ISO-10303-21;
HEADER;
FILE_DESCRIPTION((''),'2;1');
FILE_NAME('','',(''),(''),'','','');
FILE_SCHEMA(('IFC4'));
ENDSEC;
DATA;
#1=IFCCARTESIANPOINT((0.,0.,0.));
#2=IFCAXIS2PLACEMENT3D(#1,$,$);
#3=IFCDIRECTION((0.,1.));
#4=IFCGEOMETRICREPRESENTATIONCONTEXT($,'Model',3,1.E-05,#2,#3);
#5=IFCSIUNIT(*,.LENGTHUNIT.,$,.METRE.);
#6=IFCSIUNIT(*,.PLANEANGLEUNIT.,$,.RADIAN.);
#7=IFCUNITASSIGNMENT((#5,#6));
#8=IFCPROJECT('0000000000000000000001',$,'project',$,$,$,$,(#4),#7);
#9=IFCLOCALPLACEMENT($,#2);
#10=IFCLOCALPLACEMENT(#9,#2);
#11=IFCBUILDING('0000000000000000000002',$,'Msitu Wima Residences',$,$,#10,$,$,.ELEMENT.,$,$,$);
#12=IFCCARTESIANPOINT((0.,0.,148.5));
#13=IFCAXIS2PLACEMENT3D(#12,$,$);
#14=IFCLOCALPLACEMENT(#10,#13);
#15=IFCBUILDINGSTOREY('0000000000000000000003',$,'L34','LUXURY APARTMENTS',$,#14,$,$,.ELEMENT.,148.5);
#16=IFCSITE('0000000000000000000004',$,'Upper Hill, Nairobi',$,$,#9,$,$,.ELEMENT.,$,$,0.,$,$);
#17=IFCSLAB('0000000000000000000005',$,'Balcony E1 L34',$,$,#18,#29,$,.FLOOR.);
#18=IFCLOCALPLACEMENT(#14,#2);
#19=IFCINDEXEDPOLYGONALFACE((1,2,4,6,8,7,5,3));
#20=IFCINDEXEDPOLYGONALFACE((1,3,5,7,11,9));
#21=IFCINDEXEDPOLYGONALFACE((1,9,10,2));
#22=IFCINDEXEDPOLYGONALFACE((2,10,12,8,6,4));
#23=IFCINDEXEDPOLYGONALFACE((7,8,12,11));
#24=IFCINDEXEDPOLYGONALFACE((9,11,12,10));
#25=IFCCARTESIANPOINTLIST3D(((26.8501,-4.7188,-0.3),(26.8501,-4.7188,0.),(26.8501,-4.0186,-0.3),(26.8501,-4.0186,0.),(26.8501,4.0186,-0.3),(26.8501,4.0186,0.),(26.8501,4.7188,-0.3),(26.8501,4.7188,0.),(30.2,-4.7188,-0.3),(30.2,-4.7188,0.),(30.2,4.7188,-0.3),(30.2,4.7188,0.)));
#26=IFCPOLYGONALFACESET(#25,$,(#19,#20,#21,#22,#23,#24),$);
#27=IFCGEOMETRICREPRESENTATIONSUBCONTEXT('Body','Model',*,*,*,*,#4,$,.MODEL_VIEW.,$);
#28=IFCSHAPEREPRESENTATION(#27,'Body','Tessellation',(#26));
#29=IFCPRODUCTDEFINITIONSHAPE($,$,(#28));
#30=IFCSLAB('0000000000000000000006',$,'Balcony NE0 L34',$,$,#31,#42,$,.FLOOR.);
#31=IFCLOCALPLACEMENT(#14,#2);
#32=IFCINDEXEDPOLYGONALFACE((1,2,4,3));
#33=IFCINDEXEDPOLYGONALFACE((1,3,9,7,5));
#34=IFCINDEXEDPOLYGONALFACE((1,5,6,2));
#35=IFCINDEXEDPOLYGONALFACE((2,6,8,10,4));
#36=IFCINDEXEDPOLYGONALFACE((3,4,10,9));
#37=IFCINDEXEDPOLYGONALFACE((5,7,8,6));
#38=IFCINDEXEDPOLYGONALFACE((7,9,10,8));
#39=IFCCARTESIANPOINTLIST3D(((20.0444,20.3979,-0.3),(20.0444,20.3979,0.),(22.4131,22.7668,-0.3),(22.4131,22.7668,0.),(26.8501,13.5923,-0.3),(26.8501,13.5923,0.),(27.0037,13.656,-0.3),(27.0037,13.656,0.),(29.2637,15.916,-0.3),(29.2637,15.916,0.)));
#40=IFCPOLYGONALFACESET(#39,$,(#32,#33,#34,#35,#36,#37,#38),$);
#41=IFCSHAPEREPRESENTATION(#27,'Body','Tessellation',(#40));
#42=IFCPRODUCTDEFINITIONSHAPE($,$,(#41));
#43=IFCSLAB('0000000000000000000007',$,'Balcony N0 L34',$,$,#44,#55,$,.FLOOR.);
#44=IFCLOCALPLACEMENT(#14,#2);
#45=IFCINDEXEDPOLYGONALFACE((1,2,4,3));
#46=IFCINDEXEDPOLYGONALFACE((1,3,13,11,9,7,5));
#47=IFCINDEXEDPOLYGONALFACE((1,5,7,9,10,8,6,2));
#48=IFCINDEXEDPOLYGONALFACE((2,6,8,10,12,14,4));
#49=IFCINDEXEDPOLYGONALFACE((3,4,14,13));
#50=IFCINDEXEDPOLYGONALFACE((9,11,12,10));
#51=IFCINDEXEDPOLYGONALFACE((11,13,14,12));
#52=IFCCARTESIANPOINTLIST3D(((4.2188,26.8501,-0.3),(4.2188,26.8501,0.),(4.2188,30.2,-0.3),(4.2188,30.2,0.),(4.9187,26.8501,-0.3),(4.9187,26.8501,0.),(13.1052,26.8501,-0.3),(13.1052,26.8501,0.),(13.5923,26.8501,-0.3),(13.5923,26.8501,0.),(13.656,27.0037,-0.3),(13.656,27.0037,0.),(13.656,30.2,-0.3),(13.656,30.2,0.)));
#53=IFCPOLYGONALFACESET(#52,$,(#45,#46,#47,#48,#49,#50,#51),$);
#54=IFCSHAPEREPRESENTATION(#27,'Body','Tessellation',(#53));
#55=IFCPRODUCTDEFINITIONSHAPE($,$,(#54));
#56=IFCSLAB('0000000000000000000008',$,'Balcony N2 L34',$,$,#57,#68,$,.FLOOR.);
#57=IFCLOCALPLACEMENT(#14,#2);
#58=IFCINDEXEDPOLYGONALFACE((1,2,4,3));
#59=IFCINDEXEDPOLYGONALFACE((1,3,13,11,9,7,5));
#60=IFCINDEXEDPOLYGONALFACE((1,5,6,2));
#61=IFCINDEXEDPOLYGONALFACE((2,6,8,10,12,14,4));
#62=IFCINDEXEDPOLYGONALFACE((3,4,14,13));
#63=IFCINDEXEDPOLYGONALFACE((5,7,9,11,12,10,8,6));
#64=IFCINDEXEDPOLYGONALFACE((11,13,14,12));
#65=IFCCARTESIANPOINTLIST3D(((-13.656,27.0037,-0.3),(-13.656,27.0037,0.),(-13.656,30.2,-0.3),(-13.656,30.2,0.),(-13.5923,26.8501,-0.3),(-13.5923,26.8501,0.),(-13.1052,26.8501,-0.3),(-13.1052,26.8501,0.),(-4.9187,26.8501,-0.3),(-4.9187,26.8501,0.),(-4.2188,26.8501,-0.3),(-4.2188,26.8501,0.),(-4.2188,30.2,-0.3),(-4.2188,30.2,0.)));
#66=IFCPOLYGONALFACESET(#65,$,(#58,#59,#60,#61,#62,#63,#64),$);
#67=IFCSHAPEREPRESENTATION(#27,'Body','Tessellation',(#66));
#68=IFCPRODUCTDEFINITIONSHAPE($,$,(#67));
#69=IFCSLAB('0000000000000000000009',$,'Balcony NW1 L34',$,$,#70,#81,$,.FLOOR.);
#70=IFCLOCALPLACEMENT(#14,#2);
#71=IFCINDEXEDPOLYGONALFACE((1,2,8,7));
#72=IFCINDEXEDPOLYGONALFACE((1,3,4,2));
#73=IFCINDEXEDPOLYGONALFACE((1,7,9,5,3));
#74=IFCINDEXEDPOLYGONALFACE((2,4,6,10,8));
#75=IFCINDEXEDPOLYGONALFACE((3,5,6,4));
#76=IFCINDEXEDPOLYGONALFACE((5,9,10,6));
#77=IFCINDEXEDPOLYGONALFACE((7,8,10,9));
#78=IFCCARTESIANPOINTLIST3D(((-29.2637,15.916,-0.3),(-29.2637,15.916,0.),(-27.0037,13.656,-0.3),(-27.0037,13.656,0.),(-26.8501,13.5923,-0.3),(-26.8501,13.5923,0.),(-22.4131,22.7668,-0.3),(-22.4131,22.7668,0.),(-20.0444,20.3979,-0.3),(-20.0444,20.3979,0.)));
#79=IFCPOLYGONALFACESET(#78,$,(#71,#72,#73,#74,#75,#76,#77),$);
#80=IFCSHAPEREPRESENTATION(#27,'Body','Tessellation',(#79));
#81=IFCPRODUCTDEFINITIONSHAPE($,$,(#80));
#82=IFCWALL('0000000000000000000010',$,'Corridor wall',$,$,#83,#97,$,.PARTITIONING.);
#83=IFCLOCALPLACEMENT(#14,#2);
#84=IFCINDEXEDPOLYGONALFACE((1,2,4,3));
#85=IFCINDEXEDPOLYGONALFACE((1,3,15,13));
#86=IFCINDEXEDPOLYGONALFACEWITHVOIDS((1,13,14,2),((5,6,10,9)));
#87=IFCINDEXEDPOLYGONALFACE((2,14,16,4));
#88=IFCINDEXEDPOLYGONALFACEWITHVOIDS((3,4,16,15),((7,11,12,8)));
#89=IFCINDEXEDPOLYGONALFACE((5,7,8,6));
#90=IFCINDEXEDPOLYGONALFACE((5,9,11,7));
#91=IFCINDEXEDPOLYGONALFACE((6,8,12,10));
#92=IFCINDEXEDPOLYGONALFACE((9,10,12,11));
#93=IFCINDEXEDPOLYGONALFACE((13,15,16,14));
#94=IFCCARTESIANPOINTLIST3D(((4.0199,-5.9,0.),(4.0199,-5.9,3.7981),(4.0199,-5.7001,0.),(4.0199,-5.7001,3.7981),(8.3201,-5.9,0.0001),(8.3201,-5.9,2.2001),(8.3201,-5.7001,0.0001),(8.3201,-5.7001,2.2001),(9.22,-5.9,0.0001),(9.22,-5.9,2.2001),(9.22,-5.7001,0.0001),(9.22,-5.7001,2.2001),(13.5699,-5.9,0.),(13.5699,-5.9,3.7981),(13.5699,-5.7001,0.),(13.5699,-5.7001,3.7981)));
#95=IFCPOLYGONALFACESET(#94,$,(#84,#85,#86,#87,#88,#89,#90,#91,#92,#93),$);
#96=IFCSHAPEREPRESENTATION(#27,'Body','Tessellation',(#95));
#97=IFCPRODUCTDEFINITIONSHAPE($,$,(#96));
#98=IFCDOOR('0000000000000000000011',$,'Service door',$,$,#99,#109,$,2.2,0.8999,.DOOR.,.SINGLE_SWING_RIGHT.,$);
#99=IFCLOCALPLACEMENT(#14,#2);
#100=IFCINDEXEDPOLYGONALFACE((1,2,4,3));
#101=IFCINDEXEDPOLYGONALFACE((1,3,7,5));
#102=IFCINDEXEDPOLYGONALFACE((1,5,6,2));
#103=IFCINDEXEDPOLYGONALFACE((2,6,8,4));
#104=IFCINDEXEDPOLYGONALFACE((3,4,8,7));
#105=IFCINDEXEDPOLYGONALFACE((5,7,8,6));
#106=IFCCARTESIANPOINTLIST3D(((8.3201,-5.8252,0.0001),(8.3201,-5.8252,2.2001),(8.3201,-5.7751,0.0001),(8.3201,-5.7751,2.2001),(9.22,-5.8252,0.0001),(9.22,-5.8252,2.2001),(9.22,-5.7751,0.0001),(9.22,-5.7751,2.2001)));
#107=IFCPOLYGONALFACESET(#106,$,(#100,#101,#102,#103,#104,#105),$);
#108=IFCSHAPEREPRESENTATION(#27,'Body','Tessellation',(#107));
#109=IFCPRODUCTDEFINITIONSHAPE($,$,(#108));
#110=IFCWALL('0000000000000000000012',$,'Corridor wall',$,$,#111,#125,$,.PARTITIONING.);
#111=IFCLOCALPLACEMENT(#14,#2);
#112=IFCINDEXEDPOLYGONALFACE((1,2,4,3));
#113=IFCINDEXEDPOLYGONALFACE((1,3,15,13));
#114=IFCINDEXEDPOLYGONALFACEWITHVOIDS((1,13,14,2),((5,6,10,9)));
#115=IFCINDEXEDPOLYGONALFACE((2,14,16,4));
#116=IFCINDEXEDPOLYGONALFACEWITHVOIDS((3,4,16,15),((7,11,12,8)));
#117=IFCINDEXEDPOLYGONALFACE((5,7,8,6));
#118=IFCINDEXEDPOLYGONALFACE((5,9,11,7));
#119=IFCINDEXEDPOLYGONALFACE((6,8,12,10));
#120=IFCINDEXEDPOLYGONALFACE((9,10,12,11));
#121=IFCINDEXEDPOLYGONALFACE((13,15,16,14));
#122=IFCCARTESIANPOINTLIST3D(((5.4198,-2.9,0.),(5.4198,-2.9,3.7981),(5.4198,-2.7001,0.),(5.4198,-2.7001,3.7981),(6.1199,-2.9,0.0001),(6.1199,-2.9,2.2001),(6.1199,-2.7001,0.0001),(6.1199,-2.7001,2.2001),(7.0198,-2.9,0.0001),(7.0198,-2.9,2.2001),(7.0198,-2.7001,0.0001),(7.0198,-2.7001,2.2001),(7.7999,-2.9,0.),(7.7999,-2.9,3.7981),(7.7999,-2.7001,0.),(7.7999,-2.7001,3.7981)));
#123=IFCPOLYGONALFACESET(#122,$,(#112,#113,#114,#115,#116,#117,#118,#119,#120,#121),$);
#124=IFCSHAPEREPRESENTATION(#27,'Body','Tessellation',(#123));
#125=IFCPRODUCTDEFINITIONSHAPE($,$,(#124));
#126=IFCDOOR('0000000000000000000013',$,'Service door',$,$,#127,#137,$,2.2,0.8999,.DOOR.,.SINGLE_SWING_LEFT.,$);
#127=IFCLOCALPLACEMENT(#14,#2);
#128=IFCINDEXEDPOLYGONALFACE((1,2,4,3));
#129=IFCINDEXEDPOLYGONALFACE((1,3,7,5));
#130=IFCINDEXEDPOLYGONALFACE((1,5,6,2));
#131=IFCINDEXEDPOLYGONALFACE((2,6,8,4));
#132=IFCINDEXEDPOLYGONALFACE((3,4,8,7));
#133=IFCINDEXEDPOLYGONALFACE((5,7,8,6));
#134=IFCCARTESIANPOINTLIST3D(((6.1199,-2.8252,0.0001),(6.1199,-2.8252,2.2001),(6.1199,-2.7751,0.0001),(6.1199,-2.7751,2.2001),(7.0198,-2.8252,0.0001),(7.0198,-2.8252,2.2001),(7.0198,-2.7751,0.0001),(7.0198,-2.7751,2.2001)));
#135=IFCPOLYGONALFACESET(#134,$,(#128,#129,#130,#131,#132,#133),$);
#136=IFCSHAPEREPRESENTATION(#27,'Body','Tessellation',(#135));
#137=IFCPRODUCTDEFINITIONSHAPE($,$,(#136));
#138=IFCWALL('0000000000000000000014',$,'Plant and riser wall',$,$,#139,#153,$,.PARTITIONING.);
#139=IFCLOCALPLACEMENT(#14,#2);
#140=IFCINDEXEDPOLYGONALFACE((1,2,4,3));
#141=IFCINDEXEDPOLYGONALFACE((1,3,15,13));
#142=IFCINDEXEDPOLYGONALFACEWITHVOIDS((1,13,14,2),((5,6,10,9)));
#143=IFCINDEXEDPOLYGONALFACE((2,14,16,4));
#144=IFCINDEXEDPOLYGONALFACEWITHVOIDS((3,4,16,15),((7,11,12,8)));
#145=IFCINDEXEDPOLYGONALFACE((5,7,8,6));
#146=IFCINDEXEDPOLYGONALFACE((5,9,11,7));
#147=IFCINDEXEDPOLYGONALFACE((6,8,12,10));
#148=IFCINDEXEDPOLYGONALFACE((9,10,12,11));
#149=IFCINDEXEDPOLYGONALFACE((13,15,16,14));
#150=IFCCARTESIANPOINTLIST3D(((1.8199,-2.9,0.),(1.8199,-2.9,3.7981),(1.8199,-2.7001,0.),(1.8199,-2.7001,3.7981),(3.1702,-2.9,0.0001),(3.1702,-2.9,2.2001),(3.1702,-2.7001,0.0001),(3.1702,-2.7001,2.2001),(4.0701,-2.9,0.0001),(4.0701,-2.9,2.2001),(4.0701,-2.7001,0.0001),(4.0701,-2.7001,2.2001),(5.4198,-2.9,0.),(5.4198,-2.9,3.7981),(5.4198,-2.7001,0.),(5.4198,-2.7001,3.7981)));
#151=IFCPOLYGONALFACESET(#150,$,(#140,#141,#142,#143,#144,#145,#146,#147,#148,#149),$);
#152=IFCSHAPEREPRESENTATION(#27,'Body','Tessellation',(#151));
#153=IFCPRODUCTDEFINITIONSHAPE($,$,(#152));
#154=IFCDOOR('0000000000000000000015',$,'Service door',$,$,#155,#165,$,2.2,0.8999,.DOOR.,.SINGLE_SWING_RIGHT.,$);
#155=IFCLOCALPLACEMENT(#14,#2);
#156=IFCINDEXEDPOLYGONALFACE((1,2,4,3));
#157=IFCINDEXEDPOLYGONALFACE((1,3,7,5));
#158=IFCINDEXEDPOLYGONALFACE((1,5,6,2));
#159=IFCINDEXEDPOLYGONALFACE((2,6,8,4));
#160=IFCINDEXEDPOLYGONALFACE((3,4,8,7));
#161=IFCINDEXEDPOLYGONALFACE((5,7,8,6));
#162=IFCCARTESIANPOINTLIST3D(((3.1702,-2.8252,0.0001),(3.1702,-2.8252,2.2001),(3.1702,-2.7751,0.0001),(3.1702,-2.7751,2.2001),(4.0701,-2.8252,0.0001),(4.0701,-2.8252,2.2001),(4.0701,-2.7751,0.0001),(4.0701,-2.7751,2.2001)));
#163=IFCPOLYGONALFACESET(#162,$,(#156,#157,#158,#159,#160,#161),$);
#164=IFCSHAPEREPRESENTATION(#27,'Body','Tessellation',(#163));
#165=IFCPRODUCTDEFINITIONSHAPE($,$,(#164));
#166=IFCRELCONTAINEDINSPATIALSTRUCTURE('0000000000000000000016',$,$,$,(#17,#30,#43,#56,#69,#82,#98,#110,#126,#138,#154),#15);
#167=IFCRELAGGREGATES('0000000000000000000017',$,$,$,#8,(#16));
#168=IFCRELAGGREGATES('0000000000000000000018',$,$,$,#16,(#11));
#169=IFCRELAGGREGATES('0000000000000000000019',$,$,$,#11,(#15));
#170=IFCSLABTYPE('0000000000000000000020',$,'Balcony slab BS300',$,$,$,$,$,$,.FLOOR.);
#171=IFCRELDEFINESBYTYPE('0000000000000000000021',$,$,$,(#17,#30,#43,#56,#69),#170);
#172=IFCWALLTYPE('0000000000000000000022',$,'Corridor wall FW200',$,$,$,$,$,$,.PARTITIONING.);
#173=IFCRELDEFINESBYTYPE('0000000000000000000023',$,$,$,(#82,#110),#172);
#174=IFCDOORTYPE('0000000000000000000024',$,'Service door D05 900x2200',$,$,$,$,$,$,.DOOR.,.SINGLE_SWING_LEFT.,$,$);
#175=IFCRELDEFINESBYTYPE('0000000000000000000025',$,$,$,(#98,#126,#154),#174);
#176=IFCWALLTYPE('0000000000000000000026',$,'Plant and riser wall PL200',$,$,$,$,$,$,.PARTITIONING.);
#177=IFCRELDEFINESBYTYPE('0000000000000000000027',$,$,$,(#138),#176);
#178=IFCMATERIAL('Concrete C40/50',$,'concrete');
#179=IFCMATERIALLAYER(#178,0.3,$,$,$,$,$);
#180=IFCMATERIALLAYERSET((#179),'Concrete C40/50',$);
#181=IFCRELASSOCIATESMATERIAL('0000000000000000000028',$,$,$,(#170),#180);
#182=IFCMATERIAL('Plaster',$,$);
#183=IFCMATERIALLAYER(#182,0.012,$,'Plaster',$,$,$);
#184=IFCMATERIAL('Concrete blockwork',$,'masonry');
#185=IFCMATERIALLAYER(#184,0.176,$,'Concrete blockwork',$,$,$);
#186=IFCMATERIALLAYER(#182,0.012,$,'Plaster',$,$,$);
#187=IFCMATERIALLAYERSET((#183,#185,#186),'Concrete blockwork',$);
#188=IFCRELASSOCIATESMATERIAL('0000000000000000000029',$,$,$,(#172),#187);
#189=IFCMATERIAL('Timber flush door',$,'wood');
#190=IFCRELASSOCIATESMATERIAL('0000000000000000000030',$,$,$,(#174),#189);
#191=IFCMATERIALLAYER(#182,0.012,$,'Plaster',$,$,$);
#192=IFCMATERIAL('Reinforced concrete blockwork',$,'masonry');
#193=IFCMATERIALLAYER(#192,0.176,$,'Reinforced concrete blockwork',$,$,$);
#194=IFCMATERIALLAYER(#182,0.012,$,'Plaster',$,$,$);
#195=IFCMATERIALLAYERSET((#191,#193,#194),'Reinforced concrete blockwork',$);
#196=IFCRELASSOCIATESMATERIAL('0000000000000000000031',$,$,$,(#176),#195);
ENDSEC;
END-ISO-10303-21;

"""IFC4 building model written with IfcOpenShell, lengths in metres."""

from ifc_helpers import new_model, si_unit, direction, frame, frame_2d, origin, place, context, subcontext, project, spatial, polyline, rectangle, outline, extrude, material, layer, layer_set, type_object, element, fill, save


model = new_model("IFC4")

# Units and contexts
model_context = context("Model", 3, precision=1e-05, world=origin(), true_north=direction((0.0, 1.0)))
body_context = subcontext(model_context, "Body", "Model", "MODEL_VIEW")
ifc_project = project(units=[si_unit("LENGTHUNIT", "METRE"), si_unit("PLANEANGLEUNIT", "RADIAN")], contexts=[model_context])

# Site, building, storey
site_placement = place(None, origin())
site = spatial("IfcSite", under=ifc_project, at=site_placement, Name="Upper Hill, Nairobi", CompositionType="ELEMENT", RefElevation=0.0)
building_placement = place(site_placement, origin())
building = spatial("IfcBuilding", under=site, at=building_placement, Name="Msitu Wima Residences", CompositionType="ELEMENT")
storey_placement = place(building_placement, frame((0.0, 0.0, 148.5)))
storey = spatial("IfcBuildingStorey", under=building, at=storey_placement, Name="L34", Description="LUXURY APARTMENTS", CompositionType="ELEMENT", Elevation=148.5)

# Slabs
ifc_material_1 = material(Name="Concrete C40/50", Category="concrete")
ifc_layer_1 = layer(ifc_material_1, 0.3)
ifc_layer_set_1 = layer_set([ifc_layer_1], Name="Concrete C40/50")
slab_type = type_object("IfcSlabType", Name="Balcony slab BS300", PredefinedType="FLOOR", material=ifc_layer_set_1)
slab_1_placement = place(storey_placement, frame((0.0, 0.0, -0.3)))
element("IfcSlab", 1, at=slab_1_placement, inside=storey, type_object=slab_type, Name="Balcony E1 L34", PredefinedType="FLOOR", context=body_context, shape_type="SweptSolid", body=[
    extrude(outline(polyline([(26.8501, 4.0186), (26.8501, 4.0186), (26.8501, 4.7188), (30.2, 4.7188), (30.2, -4.7188), (26.8501, -4.7188), (26.8501, -4.0186), (26.8501, -4.0186), (26.8501, 4.0186)])), origin(), (0.0, 0.0, 1.0), 0.3),
])
slab_2_placement = place(storey_placement, frame((0.0, 0.0, -0.3)))
element("IfcSlab", 2, at=slab_2_placement, inside=storey, type_object=slab_type, Name="Balcony NE0 L34", PredefinedType="FLOOR", context=body_context, shape_type="SweptSolid", body=[
    extrude(outline(polyline([(22.4131, 22.7668), (29.2637, 15.916), (27.0037, 13.656), (26.8501, 13.5923), (20.0444, 20.3979), (22.4131, 22.7668)])), origin(), (0.0, 0.0, 1.0), 0.3),
])
slab_3_placement = place(storey_placement, frame((0.0, 0.0, -0.3)))
element("IfcSlab", 3, at=slab_3_placement, inside=storey, type_object=slab_type, Name="Balcony N0 L34", PredefinedType="FLOOR", context=body_context, shape_type="SweptSolid", body=[
    extrude(outline(polyline([(13.1052, 26.8501), (13.1052, 26.8501), (4.9187, 26.8501), (4.9187, 26.8501), (4.2188, 26.8501), (4.2188, 30.2), (13.656, 30.2), (13.656, 27.0037), (13.5923, 26.8501), (13.1052, 26.8501), (13.1052, 26.8501)])), origin(), (0.0, 0.0, 1.0), 0.3),
])
slab_4_placement = place(storey_placement, frame((0.0, 0.0, -0.3)))
element("IfcSlab", 4, at=slab_4_placement, inside=storey, type_object=slab_type, Name="Balcony N2 L34", PredefinedType="FLOOR", context=body_context, shape_type="SweptSolid", body=[
    extrude(outline(polyline([(-13.1052, 26.8501), (-13.1052, 26.8501), (-13.5923, 26.8501), (-13.656, 27.0037), (-13.656, 30.2), (-4.2188, 30.2), (-4.2188, 26.8501), (-4.9187, 26.8501), (-4.9187, 26.8501), (-13.1052, 26.8501), (-13.1052, 26.8501)])), origin(), (0.0, 0.0, 1.0), 0.3),
])
slab_5_placement = place(storey_placement, frame((0.0, 0.0, -0.3)))
element("IfcSlab", 5, at=slab_5_placement, inside=storey, type_object=slab_type, Name="Balcony NW1 L34", PredefinedType="FLOOR", context=body_context, shape_type="SweptSolid", body=[
    extrude(outline(polyline([(-29.2637, 15.916), (-22.4131, 22.7668), (-20.0444, 20.3979), (-26.8501, 13.5923), (-27.0037, 13.656), (-29.2637, 15.916)])), origin(), (0.0, 0.0, 1.0), 0.3),
])

# Walls, openings, doors
ifc_material_2 = material(Name="Plaster")
ifc_layer_2 = layer(ifc_material_2, 0.012, Name="Plaster")
ifc_material_3 = material(Name="Concrete blockwork", Category="masonry")
ifc_layer_3 = layer(ifc_material_3, 0.176, Name="Concrete blockwork")
ifc_layer_4 = layer(ifc_material_2, 0.012, Name="Plaster")
ifc_layer_set_2 = layer_set([ifc_layer_2, ifc_layer_3, ifc_layer_4], Name="Concrete blockwork")
wall_type_1 = type_object("IfcWallType", Name="Corridor wall FW200", PredefinedType="PARTITIONING", material=ifc_layer_set_2)
wall_1_placement = place(storey_placement, frame((4.02, -5.8, 0.0), z_axis=(0.0, 0.0, 1.0), x_axis=(1.0, 0.0, 0.0)))
wall_1 = element("IfcWall", 6, at=wall_1_placement, inside=storey, type_object=wall_type_1, Name="Corridor wall", PredefinedType="PARTITIONING", context=body_context, shape_type="SweptSolid", body=[
    extrude(rectangle(XDim=9.55, YDim=0.2, at=frame_2d((4.7749, 0.0))), origin(), (0.0, 0.0, 1.0), 3.7981),
])
opening_1_placement = place(wall_1_placement, frame((4.3, 0.0, 0.0)))
opening_1 = element("IfcOpeningElement", 7, at=opening_1_placement, cuts=wall_1, PredefinedType="OPENING", context=body_context, shape_type="SweptSolid", body=[
    extrude(rectangle(XDim=0.8999, YDim=2.2, at=frame_2d((0.45, 1.1001))), frame((0.0, 0.1099, 0.0), z_axis=(0.0, -1.0, 0.0), x_axis=(1.0, 0.0, 0.0)), (0.0, 0.0, 1.0), 0.22),
])
ifc_material_4 = material(Name="Timber flush door", Category="wood")
door_type = type_object("IfcDoorType", Name="Service door D05 900x2200", OperationType="SINGLE_SWING_LEFT", PredefinedType="DOOR", material=ifc_material_4)
door_1_placement = place(opening_1_placement, origin())
door_1 = element("IfcDoor", 8, at=door_1_placement, inside=storey, type_object=door_type, Name="Service door", OperationType="SINGLE_SWING_RIGHT", OverallHeight=2.2, OverallWidth=0.8999, PredefinedType="DOOR", context=body_context, shape_type="SweptSolid", body=[
    extrude(rectangle(XDim=0.8999, YDim=2.2, at=frame_2d((0.45, 1.1001))), frame((0.0, 0.0249, 0.0), z_axis=(0.0, -1.0, 0.0), x_axis=(1.0, 0.0, 0.0)), (0.0, 0.0, 1.0), 0.05),
])
fill(opening_1, door_1)
wall_2_placement = place(storey_placement, frame((5.4199, -2.8, 0.0), z_axis=(0.0, 0.0, 1.0), x_axis=(1.0, 0.0, 0.0)))
wall_2 = element("IfcWall", 9, at=wall_2_placement, inside=storey, type_object=wall_type_1, Name="Corridor wall", PredefinedType="PARTITIONING", context=body_context, shape_type="SweptSolid", body=[
    extrude(rectangle(XDim=2.3801, YDim=0.2, at=frame_2d((1.1899, 0.0))), origin(), (0.0, 0.0, 1.0), 3.7981),
])
opening_2_placement = place(wall_2_placement, frame((0.7, 0.0, 0.0)))
opening_2 = element("IfcOpeningElement", 10, at=opening_2_placement, cuts=wall_2, PredefinedType="OPENING", context=body_context, shape_type="SweptSolid", body=[
    extrude(rectangle(XDim=0.8999, YDim=2.2, at=frame_2d((0.45, 1.1001))), frame((0.0, 0.1099, 0.0), z_axis=(0.0, -1.0, 0.0), x_axis=(1.0, 0.0, 0.0)), (0.0, 0.0, 1.0), 0.22),
])
door_2_placement = place(opening_2_placement, origin())
door_2 = element("IfcDoor", 11, at=door_2_placement, inside=storey, type_object=door_type, Name="Service door", OperationType="SINGLE_SWING_LEFT", OverallHeight=2.2, OverallWidth=0.8999, PredefinedType="DOOR", context=body_context, shape_type="SweptSolid", body=[
    extrude(rectangle(XDim=0.8999, YDim=2.2, at=frame_2d((0.45, 1.1001))), frame((0.0, 0.0249, 0.0), z_axis=(0.0, -1.0, 0.0), x_axis=(1.0, 0.0, 0.0)), (0.0, 0.0, 1.0), 0.05),
])
fill(opening_2, door_2)
ifc_layer_5 = layer(ifc_material_2, 0.012, Name="Plaster")
ifc_material_5 = material(Name="Reinforced concrete blockwork", Category="masonry")
ifc_layer_6 = layer(ifc_material_5, 0.176, Name="Reinforced concrete blockwork")
ifc_layer_7 = layer(ifc_material_2, 0.012, Name="Plaster")
ifc_layer_set_3 = layer_set([ifc_layer_5, ifc_layer_6, ifc_layer_7], Name="Reinforced concrete blockwork")
wall_type_2 = type_object("IfcWallType", Name="Plant and riser wall PL200", PredefinedType="PARTITIONING", material=ifc_layer_set_3)
wall_3_placement = place(storey_placement, frame((1.8201, -2.8, 0.0), z_axis=(0.0, 0.0, 1.0), x_axis=(1.0, 0.0, 0.0)))
wall_3 = element("IfcWall", 12, at=wall_3_placement, inside=storey, type_object=wall_type_2, Name="Plant and riser wall", PredefinedType="PARTITIONING", context=body_context, shape_type="SweptSolid", body=[
    extrude(rectangle(XDim=3.5999, YDim=0.2, at=frame_2d((1.7998, 0.0))), origin(), (0.0, 0.0, 1.0), 3.7981),
])
opening_3_placement = place(wall_3_placement, frame((1.3501, 0.0, 0.0)))
opening_3 = element("IfcOpeningElement", 13, at=opening_3_placement, cuts=wall_3, PredefinedType="OPENING", context=body_context, shape_type="SweptSolid", body=[
    extrude(rectangle(XDim=0.8999, YDim=2.2, at=frame_2d((0.45, 1.1001))), frame((0.0, 0.1099, 0.0), z_axis=(0.0, -1.0, 0.0), x_axis=(1.0, 0.0, 0.0)), (0.0, 0.0, 1.0), 0.22),
])
door_3_placement = place(opening_3_placement, origin())
door_3 = element("IfcDoor", 14, at=door_3_placement, inside=storey, type_object=door_type, Name="Service door", OperationType="SINGLE_SWING_RIGHT", OverallHeight=2.2, OverallWidth=0.8999, PredefinedType="DOOR", context=body_context, shape_type="SweptSolid", body=[
    extrude(rectangle(XDim=0.8999, YDim=2.2, at=frame_2d((0.45, 1.1001))), frame((0.0, 0.0249, 0.0), z_axis=(0.0, -1.0, 0.0), x_axis=(1.0, 0.0, 0.0)), (0.0, 0.0, 1.0), 0.05),
])
fill(opening_3, door_3)

save(model, "model.ifc")
